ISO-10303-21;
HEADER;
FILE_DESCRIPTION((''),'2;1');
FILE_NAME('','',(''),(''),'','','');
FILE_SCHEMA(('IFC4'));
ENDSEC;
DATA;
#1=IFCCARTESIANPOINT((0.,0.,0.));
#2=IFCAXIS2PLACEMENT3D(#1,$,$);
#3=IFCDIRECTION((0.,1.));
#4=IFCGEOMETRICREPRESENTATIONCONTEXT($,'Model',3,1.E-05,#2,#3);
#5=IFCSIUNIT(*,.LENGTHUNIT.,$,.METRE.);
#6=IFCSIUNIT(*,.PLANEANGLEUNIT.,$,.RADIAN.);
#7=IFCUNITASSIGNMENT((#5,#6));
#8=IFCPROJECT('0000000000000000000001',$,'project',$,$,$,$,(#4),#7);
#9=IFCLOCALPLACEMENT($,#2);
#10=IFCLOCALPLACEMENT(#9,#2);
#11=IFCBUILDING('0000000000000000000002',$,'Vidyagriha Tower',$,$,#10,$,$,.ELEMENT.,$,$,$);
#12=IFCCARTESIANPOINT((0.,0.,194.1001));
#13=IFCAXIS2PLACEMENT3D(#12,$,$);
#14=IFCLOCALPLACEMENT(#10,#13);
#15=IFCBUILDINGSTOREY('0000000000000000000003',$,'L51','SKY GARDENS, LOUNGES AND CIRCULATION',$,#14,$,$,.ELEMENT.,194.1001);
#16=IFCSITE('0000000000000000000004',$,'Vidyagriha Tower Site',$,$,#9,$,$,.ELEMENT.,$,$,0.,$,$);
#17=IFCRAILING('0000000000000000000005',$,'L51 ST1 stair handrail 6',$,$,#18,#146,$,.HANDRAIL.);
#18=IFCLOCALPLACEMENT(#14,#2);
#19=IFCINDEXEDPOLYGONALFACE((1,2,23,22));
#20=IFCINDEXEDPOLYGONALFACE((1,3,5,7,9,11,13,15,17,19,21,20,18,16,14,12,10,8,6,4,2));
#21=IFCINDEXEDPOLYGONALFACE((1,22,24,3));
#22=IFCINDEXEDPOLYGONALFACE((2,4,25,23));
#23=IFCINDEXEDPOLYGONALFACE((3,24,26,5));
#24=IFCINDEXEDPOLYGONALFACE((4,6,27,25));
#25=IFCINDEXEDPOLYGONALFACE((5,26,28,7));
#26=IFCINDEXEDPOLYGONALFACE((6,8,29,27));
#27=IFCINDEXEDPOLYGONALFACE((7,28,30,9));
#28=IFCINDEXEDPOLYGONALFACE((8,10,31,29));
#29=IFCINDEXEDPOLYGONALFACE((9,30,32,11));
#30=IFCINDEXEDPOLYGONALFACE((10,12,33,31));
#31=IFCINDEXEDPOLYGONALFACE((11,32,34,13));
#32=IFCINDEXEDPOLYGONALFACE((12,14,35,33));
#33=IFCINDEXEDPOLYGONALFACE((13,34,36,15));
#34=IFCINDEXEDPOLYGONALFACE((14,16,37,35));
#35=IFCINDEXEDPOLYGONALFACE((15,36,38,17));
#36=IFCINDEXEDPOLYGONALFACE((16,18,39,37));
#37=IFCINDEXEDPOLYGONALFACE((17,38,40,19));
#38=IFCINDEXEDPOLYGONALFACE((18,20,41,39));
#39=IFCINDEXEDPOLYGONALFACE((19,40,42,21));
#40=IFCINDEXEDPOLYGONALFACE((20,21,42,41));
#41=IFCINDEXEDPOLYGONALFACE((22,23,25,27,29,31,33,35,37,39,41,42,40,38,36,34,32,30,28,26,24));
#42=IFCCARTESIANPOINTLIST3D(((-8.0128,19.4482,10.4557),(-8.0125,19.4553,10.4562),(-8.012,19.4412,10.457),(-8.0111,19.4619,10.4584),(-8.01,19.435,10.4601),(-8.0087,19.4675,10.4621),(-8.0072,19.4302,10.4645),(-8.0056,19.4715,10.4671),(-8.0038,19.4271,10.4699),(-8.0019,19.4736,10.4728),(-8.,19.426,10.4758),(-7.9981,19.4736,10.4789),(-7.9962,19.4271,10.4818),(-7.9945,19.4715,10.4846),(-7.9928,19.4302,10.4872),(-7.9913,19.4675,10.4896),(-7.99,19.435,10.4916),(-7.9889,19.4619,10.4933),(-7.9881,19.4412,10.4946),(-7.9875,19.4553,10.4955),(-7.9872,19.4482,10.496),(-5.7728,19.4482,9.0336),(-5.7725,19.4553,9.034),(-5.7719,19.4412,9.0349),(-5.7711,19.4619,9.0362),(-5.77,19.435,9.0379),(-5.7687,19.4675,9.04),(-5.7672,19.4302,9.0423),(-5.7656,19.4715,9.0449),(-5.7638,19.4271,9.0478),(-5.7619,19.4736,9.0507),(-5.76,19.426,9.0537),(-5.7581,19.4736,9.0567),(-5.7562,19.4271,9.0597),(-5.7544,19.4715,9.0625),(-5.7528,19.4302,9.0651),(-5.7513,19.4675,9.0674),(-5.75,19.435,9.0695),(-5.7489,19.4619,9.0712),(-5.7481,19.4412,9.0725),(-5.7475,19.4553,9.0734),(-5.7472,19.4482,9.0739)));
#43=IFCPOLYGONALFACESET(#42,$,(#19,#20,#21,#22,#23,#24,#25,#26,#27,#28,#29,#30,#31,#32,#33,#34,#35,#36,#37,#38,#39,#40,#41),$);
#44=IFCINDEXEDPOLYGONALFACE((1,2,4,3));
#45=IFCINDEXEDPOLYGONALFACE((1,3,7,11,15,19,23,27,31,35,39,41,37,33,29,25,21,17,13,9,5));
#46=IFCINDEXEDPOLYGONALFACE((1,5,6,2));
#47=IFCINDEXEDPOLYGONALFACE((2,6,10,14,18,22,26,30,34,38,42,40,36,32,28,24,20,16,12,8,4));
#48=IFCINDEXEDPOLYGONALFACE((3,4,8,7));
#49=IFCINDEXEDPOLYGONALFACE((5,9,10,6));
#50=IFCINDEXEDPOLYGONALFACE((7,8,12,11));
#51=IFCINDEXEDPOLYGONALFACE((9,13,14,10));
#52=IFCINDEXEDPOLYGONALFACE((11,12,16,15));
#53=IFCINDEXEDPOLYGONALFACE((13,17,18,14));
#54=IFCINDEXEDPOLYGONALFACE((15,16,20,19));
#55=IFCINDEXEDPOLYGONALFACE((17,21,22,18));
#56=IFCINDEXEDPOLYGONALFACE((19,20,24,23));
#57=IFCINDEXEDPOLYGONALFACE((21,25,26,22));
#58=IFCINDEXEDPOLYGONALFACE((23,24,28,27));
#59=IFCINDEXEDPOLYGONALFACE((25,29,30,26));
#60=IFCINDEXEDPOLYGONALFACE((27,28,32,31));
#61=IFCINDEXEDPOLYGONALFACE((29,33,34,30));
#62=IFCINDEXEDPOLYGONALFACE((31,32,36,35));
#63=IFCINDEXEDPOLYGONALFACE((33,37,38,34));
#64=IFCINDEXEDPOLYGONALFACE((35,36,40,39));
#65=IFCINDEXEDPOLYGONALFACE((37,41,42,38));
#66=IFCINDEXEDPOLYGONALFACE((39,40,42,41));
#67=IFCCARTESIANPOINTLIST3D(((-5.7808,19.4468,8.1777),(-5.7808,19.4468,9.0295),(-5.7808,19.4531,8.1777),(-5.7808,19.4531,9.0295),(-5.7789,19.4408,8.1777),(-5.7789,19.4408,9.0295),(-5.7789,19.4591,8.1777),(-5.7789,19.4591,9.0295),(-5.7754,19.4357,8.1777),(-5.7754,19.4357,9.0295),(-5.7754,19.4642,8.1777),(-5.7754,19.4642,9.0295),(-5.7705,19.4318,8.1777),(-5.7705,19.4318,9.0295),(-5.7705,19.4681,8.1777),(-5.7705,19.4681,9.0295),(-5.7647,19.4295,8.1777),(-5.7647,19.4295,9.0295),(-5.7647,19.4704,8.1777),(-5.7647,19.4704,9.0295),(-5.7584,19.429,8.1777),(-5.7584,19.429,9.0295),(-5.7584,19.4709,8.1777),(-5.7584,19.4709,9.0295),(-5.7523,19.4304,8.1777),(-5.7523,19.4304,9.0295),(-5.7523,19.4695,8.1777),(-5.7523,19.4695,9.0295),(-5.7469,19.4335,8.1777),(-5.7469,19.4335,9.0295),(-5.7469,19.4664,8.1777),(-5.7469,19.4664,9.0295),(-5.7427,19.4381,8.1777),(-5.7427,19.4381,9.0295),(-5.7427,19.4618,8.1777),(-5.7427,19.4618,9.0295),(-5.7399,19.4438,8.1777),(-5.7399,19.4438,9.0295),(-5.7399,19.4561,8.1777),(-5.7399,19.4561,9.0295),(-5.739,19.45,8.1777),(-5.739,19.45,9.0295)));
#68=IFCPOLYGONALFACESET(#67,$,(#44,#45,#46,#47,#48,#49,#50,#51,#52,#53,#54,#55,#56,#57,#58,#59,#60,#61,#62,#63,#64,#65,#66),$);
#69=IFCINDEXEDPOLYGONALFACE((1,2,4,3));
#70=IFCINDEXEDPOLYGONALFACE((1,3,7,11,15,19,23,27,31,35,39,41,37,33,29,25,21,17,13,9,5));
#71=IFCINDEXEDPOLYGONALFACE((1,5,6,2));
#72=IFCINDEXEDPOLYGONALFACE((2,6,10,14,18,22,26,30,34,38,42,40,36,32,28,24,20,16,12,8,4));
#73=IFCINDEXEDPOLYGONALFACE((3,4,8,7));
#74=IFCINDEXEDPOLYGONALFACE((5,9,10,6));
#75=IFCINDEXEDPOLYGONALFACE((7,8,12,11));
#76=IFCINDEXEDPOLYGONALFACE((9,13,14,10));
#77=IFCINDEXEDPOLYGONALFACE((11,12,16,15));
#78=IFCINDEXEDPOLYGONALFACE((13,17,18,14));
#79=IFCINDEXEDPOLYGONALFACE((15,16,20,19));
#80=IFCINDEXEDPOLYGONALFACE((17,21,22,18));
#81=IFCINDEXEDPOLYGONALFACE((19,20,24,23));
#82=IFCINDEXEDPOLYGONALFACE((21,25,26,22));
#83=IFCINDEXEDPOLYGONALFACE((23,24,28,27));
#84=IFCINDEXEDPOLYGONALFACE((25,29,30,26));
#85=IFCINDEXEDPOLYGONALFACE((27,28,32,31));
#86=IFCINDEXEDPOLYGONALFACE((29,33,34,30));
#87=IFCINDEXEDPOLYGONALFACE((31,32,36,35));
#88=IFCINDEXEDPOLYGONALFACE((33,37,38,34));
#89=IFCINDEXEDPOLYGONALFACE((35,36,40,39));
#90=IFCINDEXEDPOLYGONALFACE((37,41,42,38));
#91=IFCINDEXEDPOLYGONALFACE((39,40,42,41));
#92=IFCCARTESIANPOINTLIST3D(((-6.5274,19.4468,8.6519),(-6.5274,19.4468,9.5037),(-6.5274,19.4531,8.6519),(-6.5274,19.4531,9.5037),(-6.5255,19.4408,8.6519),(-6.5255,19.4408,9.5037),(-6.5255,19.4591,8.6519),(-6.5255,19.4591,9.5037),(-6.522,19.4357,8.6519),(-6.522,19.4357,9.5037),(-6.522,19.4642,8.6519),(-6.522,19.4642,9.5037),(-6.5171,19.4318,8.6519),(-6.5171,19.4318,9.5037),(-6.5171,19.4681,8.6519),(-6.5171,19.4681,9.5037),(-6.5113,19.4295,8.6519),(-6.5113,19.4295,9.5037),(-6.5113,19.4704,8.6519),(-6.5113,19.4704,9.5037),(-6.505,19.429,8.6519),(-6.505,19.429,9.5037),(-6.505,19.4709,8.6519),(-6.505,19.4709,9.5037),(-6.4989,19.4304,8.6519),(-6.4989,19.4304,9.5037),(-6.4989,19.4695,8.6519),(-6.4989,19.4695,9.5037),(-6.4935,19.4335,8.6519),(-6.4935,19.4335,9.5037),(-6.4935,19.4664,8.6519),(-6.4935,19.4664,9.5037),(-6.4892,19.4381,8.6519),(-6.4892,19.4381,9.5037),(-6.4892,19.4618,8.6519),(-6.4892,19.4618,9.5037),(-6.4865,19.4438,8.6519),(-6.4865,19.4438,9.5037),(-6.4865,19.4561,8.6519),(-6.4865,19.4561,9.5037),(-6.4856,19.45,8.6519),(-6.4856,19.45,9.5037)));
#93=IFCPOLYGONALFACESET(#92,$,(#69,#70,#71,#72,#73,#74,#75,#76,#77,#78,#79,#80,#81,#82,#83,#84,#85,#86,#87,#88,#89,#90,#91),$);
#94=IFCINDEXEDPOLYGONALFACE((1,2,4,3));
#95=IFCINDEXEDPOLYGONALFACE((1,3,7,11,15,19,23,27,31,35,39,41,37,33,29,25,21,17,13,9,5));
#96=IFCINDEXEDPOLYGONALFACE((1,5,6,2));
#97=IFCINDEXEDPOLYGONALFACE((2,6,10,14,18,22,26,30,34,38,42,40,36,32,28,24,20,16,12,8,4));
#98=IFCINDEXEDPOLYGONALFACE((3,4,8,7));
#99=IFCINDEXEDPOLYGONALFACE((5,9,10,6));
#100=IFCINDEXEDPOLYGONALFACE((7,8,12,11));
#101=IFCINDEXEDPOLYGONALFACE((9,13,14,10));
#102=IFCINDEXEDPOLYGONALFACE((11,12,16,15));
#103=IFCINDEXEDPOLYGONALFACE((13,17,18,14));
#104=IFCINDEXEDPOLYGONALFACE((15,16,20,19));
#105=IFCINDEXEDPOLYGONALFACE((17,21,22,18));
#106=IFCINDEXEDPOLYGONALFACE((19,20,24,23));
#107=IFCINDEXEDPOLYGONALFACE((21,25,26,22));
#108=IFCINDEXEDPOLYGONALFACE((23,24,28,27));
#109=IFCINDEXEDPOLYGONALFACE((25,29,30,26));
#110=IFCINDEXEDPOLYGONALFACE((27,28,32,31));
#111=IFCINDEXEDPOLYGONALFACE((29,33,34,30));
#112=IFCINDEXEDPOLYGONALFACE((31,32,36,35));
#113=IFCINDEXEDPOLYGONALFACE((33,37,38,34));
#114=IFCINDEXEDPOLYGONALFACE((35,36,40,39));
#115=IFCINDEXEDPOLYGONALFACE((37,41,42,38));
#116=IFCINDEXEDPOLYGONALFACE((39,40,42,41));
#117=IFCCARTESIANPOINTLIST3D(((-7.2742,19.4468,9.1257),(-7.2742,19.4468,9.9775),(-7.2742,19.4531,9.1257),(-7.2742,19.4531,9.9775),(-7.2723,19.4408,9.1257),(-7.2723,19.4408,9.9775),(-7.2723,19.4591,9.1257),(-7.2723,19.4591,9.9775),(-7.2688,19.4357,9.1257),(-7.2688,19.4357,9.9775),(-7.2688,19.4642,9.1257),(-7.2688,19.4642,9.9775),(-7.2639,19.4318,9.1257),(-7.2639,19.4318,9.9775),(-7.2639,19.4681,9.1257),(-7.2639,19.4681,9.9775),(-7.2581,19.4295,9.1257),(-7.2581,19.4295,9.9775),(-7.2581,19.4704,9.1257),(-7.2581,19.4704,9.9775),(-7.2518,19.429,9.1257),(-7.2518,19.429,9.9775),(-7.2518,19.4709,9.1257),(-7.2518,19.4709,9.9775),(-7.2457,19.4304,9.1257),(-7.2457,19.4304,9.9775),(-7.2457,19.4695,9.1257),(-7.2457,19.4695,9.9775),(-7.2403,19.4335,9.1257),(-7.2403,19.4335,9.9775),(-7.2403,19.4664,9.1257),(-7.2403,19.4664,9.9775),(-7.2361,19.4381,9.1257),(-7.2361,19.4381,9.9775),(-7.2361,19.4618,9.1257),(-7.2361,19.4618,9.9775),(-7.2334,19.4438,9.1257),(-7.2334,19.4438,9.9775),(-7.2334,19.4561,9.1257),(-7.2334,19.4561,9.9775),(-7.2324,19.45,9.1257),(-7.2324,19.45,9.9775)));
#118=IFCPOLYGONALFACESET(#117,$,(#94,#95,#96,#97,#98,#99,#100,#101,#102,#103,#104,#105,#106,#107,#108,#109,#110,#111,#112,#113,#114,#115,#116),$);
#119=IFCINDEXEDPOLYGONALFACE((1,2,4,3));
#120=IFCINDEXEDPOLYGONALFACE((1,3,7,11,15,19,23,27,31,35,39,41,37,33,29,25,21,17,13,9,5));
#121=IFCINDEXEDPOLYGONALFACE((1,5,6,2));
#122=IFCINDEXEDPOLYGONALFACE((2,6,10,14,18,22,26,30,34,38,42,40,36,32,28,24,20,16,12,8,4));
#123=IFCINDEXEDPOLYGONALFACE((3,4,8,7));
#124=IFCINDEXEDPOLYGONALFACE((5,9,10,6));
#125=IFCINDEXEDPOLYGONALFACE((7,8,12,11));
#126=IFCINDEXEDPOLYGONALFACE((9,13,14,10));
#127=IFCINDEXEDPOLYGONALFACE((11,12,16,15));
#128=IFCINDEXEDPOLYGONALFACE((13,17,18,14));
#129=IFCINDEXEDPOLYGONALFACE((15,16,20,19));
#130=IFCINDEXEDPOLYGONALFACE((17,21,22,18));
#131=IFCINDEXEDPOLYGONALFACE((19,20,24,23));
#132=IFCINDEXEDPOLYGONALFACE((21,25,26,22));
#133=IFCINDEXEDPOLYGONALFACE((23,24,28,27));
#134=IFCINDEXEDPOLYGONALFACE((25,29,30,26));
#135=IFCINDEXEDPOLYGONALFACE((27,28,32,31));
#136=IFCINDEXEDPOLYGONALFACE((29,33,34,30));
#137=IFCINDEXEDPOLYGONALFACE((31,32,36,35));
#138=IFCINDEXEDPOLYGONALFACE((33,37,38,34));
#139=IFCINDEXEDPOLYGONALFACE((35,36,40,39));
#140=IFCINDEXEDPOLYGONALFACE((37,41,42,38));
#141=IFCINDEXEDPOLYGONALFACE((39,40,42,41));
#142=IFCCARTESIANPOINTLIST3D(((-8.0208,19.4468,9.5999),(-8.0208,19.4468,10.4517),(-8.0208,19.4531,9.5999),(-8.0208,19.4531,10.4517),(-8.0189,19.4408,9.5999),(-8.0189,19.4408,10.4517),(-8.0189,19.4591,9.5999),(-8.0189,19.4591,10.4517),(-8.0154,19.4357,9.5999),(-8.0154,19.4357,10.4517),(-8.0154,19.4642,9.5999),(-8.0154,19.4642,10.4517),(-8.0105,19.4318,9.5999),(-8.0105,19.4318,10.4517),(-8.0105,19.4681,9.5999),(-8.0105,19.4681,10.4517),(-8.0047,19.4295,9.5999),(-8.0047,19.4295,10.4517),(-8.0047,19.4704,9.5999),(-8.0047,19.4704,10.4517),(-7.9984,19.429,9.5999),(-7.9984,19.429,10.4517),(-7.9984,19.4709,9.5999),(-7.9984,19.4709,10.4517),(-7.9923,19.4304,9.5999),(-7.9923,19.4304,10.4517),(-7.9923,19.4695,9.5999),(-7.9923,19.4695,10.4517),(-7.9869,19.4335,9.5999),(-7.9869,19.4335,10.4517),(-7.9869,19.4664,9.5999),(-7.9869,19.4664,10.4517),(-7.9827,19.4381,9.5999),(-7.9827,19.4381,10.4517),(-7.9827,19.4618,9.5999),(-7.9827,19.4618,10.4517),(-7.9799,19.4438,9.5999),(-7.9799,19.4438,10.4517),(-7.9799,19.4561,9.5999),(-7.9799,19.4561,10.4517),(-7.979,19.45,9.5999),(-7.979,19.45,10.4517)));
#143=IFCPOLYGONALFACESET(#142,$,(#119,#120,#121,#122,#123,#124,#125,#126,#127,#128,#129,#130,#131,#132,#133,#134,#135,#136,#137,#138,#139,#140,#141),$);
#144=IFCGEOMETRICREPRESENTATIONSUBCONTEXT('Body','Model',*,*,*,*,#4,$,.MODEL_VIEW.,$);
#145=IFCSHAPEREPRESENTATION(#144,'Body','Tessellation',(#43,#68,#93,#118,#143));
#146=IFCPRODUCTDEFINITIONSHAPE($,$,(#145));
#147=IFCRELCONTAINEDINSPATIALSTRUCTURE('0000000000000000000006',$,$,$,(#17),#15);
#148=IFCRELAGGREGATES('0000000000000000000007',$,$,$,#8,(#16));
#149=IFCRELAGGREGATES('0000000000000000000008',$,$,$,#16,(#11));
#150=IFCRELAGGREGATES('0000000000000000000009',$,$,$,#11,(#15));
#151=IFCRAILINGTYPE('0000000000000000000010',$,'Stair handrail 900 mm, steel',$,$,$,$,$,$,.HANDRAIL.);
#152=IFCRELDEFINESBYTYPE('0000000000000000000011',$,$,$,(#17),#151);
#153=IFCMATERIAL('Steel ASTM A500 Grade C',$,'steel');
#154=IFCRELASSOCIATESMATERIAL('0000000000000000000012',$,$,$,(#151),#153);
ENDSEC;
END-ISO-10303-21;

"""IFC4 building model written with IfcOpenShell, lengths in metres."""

from ifc_helpers import new_model, si_unit, direction, frame, origin, origin_2d, place, context, subcontext, project, spatial, circle, extrude, material, type_object, element, save


model = new_model("IFC4")

# Units and contexts
model_context = context("Model", 3, precision=1e-05, world=origin(), true_north=direction((0.0, 1.0)))
body_context = subcontext(model_context, "Body", "Model", "MODEL_VIEW")
ifc_project = project(units=[si_unit("LENGTHUNIT", "METRE"), si_unit("PLANEANGLEUNIT", "RADIAN")], contexts=[model_context])

# Site, building, storey
site_placement = place(None, origin())
site = spatial("IfcSite", under=ifc_project, at=site_placement, Name="Vidyagriha Tower Site", CompositionType="ELEMENT", RefElevation=0.0)
building_placement = place(site_placement, origin())
building = spatial("IfcBuilding", under=site, at=building_placement, Name="Vidyagriha Tower", CompositionType="ELEMENT")
storey_placement = place(building_placement, frame((0.0, 0.0, 194.1001)))
storey = spatial("IfcBuildingStorey", under=building, at=storey_placement, Name="L51", Description="SKY GARDENS, LOUNGES AND CIRCULATION", CompositionType="ELEMENT", Elevation=194.1001)

# Railing
ifc_material_1 = material(Name="Steel ASTM A500 Grade C", Category="steel")
railing_type_1 = type_object("IfcRailingType", Name="Stair handrail 900 mm, steel", PredefinedType="HANDRAIL", material=ifc_material_1)
for number, where, name in (
    (1, (-5.76, 19.45, 8.1777), "L51 ST1 stair handrail 6"),
):
    element("IfcRailing", number, at=place(storey_placement, frame(where)), inside=storey, type_object=railing_type_1, Name=name, PredefinedType="HANDRAIL", context=body_context, shape_type="SweptSolid", body=[
        extrude(circle(Radius=0.0239, at=origin_2d()), frame((0.0, 0.0, 0.876), z_axis=(-0.844229, 0.0, 0.535982), x_axis=(0.0, -1.0, 0.0)), (0.0, 0.0, 1.0), 2.6533),
        extrude(circle(Radius=0.021, at=origin_2d()), origin(), (0.0, 0.0, 1.0), 0.8518),
        extrude(circle(Radius=0.021, at=origin_2d()), frame((-0.7466, 0.0, 0.4741)), (0.0, 0.0, 1.0), 0.8518),
        extrude(circle(Radius=0.021, at=origin_2d()), frame((-1.4934, 0.0, 0.948)), (0.0, 0.0, 1.0), 0.8518),
        extrude(circle(Radius=0.021, at=origin_2d()), frame((-2.24, 0.0, 1.4221)), (0.0, 0.0, 1.0), 0.8518),
    ])

save(model, "model.ifc")
